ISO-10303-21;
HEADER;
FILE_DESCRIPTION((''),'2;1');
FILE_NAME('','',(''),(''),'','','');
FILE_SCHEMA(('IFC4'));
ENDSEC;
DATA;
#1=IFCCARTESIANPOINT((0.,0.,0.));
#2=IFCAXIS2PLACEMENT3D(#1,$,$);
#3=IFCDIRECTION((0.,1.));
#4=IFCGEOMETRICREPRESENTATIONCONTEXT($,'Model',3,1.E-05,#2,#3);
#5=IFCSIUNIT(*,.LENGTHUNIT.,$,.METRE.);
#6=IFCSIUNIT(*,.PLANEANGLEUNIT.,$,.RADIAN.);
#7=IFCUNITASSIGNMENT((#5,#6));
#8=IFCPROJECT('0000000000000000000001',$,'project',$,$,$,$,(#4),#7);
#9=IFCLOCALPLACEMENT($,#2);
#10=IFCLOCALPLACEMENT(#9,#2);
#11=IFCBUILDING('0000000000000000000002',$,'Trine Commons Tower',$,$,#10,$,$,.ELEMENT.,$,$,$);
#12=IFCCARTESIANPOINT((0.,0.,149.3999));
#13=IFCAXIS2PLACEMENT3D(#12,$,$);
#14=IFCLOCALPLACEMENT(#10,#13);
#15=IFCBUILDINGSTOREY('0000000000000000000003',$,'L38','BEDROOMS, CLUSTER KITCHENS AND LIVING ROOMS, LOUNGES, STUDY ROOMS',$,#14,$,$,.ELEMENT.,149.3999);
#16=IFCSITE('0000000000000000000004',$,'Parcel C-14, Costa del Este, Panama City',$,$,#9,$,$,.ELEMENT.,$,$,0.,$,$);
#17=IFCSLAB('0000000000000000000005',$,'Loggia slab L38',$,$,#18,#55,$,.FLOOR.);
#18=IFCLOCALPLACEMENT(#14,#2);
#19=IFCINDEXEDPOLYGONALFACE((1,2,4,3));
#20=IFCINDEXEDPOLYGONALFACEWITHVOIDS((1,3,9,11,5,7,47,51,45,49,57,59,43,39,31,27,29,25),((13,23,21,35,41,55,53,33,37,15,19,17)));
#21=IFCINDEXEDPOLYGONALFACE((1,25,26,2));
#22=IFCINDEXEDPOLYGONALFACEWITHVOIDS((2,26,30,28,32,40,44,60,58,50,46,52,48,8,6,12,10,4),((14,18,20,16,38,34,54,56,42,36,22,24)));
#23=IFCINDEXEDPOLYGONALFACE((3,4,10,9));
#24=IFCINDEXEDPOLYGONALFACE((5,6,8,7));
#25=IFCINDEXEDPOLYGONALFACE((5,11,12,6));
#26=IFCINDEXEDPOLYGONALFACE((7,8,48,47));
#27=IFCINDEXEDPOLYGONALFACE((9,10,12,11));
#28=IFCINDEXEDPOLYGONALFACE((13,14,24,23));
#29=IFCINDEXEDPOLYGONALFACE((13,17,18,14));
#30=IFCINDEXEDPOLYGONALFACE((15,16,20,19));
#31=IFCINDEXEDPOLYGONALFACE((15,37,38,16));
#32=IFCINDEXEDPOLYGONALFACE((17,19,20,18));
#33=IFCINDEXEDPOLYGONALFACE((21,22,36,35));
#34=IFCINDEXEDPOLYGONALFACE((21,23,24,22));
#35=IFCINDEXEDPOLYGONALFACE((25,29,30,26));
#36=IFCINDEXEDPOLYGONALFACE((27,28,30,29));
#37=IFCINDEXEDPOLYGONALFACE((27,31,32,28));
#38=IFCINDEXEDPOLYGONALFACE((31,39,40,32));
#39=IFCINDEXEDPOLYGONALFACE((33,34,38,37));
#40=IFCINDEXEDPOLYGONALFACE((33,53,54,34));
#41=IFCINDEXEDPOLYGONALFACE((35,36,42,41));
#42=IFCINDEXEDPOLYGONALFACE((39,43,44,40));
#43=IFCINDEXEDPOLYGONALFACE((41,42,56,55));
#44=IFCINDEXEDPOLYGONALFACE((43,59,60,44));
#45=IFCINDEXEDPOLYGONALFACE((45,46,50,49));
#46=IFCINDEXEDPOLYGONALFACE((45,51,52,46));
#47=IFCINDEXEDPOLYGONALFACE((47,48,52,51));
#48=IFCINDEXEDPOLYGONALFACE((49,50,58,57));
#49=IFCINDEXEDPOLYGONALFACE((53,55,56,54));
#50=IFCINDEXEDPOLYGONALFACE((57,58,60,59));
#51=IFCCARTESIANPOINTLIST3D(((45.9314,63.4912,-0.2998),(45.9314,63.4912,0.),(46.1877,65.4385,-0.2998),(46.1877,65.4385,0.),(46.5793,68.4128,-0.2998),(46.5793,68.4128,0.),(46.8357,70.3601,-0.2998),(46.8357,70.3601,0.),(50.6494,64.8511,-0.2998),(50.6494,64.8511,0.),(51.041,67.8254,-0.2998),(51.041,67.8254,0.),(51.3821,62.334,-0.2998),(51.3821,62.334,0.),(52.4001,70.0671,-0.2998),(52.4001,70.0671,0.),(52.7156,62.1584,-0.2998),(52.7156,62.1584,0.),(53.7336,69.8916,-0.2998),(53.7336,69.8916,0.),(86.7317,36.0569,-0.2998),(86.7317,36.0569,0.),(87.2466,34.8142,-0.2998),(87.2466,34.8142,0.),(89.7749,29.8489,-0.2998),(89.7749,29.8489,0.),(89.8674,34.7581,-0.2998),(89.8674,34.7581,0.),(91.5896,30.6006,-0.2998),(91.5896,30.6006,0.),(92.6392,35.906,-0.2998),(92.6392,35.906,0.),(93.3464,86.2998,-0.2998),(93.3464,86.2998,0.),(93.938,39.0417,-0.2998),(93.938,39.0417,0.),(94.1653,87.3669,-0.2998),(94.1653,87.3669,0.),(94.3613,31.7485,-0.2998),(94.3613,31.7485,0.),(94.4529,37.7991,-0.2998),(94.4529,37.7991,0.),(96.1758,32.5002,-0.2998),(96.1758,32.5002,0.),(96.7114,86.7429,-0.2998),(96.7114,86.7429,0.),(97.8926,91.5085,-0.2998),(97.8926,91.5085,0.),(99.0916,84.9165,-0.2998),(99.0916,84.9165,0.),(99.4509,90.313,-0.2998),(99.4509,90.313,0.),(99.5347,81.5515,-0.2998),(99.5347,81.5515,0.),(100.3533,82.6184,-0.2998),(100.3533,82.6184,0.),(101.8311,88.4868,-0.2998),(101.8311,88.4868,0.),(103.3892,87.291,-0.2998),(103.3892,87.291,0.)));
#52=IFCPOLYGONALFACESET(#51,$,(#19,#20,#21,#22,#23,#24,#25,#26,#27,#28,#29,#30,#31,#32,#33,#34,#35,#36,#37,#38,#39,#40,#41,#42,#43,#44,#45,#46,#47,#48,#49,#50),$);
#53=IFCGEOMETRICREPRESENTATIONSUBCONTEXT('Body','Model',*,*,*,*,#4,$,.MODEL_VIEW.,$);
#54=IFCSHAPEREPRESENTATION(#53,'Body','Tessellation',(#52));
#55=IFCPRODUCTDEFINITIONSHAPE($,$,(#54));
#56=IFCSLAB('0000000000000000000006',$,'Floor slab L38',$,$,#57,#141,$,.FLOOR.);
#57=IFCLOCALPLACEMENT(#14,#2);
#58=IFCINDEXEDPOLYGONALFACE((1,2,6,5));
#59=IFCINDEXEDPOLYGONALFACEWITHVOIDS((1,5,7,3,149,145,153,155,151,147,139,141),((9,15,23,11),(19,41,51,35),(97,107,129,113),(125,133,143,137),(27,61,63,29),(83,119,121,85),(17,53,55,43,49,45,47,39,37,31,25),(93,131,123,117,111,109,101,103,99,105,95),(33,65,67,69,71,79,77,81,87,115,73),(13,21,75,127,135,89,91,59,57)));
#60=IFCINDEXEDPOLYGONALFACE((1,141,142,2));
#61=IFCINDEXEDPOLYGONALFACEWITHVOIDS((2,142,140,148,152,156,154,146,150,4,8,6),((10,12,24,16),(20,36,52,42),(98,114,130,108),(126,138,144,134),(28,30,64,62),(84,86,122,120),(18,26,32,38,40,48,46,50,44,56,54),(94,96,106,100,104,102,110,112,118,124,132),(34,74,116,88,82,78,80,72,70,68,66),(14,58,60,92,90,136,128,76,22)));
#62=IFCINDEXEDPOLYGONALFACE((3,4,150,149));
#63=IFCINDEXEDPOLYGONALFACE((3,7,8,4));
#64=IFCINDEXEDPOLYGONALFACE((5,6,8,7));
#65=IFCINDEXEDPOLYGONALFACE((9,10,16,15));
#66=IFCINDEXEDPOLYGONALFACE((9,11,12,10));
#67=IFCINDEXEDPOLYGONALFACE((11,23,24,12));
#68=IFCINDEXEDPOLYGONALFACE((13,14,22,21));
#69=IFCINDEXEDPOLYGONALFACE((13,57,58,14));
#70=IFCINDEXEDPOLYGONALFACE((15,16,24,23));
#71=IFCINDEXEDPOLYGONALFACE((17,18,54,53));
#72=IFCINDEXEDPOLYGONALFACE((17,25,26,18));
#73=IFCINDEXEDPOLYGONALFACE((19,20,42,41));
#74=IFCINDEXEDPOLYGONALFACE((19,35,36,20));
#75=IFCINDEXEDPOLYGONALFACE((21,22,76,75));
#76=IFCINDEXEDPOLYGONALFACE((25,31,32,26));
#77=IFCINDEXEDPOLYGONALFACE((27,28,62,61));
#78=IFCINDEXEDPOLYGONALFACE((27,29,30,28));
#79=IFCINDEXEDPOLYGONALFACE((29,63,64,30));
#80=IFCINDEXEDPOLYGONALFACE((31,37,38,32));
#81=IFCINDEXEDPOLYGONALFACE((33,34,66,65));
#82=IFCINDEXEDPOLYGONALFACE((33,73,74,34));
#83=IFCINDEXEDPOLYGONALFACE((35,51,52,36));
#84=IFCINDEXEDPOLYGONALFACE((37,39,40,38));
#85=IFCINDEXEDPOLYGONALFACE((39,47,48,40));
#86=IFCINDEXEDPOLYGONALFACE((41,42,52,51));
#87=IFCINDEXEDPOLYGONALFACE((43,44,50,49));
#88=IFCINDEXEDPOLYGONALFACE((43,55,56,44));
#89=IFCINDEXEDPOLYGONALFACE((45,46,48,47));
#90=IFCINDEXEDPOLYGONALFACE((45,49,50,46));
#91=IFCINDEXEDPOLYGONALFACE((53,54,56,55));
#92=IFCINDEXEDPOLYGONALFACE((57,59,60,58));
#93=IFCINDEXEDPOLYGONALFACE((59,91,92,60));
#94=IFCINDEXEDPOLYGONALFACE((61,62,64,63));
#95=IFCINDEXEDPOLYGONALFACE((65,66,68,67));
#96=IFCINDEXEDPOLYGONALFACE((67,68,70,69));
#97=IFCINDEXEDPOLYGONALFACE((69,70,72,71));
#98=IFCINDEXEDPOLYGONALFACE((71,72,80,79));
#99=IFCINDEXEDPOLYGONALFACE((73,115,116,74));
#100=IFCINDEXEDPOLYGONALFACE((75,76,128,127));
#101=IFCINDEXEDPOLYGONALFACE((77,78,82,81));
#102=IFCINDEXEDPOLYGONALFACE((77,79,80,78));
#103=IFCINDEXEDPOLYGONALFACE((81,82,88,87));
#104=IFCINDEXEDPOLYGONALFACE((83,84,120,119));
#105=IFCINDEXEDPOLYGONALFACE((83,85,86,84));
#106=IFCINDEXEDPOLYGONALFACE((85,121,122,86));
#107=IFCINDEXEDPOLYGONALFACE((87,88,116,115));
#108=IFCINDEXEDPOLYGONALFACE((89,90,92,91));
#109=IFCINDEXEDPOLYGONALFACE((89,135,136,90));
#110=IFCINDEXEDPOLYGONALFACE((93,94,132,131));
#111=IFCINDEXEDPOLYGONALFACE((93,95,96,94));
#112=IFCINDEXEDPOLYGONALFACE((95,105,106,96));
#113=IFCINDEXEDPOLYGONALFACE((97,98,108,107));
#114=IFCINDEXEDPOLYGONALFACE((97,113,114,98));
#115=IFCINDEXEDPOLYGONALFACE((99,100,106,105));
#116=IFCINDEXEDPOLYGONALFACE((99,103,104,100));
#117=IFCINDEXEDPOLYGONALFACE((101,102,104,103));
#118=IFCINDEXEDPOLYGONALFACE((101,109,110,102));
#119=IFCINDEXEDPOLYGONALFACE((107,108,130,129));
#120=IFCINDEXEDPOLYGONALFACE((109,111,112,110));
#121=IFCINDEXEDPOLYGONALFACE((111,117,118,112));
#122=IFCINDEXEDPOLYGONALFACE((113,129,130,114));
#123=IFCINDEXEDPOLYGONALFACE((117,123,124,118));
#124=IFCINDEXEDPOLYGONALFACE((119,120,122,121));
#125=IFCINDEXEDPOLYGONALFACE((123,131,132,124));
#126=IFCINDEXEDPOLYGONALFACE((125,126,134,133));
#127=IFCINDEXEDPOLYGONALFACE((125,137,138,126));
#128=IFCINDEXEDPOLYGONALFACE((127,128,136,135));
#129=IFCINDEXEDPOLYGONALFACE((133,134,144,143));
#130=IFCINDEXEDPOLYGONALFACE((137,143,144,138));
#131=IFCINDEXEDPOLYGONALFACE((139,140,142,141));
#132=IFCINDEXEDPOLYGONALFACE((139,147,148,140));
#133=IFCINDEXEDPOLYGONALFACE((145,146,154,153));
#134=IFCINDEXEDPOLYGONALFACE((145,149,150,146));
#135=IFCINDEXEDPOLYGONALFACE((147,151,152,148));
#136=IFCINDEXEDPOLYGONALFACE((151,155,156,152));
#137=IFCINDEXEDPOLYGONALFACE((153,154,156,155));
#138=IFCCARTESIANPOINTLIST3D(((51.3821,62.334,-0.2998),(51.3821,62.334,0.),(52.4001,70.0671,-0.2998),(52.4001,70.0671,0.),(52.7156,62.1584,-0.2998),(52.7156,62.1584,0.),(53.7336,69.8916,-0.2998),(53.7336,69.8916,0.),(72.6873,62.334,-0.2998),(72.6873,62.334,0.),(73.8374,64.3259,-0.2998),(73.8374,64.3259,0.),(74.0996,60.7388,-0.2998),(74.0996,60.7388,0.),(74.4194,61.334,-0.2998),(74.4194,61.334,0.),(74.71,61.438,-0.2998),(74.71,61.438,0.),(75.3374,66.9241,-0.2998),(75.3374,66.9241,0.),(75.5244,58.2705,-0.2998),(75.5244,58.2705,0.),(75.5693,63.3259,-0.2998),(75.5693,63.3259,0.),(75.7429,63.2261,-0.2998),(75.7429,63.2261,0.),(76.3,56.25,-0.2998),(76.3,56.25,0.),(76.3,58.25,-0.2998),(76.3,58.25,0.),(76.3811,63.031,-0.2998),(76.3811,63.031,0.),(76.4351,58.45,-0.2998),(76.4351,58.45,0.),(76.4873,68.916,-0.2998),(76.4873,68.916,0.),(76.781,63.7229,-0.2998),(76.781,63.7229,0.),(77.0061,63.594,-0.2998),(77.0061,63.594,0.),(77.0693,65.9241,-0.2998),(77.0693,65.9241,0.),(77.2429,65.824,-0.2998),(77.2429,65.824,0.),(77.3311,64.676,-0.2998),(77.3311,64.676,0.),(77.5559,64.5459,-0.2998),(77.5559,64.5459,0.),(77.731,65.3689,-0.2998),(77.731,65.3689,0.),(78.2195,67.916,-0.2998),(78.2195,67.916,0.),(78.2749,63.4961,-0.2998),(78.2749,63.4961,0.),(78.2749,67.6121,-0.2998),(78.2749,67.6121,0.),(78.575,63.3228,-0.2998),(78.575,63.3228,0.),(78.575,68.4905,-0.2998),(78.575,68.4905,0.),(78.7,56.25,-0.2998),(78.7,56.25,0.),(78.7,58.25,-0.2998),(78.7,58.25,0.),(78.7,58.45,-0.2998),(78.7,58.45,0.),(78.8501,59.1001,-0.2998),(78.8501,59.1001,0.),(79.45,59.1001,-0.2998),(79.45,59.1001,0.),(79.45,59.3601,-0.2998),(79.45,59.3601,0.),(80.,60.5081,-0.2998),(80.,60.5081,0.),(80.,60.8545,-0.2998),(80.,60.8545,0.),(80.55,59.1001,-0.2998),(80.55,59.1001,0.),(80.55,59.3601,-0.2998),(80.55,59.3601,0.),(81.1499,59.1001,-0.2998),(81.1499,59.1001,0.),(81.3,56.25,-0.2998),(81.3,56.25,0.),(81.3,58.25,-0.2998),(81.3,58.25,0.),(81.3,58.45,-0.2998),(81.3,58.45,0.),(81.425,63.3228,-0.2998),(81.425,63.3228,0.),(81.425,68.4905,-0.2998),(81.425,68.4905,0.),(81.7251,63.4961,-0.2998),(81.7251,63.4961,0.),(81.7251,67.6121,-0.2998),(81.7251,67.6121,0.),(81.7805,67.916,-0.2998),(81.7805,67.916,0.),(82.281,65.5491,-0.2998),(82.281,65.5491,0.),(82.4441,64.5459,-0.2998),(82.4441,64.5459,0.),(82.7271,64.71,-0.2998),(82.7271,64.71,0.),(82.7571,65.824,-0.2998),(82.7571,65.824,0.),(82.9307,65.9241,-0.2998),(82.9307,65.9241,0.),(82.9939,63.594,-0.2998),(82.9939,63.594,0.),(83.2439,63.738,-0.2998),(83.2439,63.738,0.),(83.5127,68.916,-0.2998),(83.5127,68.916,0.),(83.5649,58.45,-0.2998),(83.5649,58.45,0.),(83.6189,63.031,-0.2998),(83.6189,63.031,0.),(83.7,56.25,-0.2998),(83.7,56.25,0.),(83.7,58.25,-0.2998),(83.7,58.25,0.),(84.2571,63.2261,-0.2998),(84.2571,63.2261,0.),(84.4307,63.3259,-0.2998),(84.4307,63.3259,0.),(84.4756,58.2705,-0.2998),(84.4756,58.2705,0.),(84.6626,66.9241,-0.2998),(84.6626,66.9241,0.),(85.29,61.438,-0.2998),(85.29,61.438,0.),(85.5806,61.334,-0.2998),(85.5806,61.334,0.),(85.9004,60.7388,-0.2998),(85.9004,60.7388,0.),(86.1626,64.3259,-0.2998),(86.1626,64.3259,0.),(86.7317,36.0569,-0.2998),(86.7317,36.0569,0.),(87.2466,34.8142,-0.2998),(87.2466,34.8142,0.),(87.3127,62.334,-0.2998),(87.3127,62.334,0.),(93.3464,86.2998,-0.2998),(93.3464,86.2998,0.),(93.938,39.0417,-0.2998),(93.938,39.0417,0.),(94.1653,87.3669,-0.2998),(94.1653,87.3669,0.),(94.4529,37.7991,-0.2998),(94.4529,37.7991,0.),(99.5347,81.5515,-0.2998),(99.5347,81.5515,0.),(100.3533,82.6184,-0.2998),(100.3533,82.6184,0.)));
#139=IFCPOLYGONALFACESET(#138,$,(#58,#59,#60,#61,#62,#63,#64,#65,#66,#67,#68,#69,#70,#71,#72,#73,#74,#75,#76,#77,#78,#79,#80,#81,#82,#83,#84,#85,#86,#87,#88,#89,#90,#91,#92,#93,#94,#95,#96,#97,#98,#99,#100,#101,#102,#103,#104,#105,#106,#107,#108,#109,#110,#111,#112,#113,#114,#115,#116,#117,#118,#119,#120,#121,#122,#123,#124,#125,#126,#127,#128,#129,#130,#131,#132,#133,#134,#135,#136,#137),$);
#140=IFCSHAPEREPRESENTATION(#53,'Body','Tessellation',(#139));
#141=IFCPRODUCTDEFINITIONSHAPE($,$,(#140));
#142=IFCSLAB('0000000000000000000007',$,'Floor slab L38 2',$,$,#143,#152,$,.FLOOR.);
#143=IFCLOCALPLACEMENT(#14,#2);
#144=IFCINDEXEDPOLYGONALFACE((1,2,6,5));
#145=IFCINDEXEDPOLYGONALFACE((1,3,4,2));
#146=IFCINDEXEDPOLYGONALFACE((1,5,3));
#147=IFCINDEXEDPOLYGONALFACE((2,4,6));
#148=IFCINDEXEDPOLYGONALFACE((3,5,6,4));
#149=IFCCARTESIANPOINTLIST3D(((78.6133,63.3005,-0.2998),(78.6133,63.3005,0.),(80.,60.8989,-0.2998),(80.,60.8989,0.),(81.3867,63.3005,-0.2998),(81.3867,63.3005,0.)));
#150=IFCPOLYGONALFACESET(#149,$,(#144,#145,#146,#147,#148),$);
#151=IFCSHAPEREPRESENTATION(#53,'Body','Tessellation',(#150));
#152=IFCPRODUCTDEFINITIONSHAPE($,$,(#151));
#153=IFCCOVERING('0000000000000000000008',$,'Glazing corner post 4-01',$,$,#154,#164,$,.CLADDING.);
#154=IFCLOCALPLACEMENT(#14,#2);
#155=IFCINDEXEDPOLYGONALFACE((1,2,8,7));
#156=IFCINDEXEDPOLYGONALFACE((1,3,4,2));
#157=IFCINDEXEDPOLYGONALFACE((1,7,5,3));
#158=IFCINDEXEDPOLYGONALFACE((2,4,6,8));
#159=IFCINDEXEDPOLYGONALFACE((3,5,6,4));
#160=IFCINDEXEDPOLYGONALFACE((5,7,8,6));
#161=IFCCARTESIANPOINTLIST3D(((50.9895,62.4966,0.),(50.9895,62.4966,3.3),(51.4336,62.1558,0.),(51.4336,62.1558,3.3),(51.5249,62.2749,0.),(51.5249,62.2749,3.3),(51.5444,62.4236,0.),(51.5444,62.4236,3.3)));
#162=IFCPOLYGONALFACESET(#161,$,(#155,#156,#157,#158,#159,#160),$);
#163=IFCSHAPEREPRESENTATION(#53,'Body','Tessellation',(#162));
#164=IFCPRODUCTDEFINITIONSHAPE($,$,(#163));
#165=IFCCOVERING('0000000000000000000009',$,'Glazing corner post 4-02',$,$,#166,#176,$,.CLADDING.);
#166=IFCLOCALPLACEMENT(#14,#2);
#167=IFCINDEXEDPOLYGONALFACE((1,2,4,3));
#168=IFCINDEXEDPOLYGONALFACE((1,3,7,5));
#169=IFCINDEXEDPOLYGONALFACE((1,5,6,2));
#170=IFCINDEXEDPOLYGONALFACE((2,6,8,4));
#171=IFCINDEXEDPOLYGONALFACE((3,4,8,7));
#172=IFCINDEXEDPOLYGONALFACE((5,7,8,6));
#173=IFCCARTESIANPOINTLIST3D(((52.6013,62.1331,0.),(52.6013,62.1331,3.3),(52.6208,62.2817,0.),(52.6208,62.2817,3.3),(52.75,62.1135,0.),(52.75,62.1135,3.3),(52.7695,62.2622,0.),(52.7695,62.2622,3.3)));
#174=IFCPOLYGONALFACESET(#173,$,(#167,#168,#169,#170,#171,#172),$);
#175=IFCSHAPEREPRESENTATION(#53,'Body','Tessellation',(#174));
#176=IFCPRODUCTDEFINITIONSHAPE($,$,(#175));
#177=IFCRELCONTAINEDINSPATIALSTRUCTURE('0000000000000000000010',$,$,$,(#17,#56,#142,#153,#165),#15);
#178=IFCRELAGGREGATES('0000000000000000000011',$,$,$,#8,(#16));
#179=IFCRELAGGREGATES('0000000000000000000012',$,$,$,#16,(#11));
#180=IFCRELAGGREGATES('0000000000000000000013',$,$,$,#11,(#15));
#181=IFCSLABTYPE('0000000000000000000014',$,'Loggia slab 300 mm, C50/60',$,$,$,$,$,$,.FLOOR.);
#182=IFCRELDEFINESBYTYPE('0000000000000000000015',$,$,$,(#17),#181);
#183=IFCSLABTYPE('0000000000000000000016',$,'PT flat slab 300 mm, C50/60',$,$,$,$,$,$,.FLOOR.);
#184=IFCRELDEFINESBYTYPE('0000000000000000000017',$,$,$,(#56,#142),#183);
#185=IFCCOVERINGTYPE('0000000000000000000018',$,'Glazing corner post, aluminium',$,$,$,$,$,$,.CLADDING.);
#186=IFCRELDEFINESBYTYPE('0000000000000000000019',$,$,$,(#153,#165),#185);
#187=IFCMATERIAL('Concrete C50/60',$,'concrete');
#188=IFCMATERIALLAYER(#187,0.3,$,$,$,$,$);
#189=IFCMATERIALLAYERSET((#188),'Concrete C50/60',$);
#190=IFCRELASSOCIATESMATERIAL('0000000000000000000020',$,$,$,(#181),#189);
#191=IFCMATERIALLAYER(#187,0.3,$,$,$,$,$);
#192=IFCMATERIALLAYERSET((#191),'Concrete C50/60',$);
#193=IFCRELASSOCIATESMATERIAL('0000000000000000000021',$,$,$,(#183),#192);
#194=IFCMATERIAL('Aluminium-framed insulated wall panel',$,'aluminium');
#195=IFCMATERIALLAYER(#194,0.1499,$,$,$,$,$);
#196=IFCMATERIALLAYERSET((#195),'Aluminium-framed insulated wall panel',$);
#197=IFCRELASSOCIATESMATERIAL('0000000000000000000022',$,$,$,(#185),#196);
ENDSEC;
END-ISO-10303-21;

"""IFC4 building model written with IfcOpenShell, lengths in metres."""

from ifc_helpers import new_model, si_unit, direction, frame, origin, place, context, subcontext, project, spatial, polyline, outline, extrude, material, layer, layer_set, type_object, element, save


model = new_model("IFC4")

# Units and contexts
model_context = context("Model", 3, precision=1e-05, world=origin(), true_north=direction((0.0, 1.0)))
body_context = subcontext(model_context, "Body", "Model", "MODEL_VIEW")
ifc_project = project(units=[si_unit("LENGTHUNIT", "METRE"), si_unit("PLANEANGLEUNIT", "RADIAN")], contexts=[model_context])

# Site, building, storey
site_placement = place(None, origin())
site = spatial("IfcSite", under=ifc_project, at=site_placement, Name="Parcel C-14, Costa del Este, Panama City", CompositionType="ELEMENT", RefElevation=0.0)
building_placement = place(site_placement, origin())
building = spatial("IfcBuilding", under=site, at=building_placement, Name="Trine Commons Tower", CompositionType="ELEMENT")
storey_placement = place(building_placement, frame((0.0, 0.0, 149.3999)))
storey = spatial("IfcBuildingStorey", under=building, at=storey_placement, Name="L38", Description="BEDROOMS, CLUSTER KITCHENS AND LIVING ROOMS, LOUNGES, STUDY ROOMS", CompositionType="ELEMENT", Elevation=149.3999)

# Slabs
ifc_material_1 = material(Name="Concrete C50/60", Category="concrete")
ifc_layer_1 = layer(ifc_material_1, 0.3)
ifc_layer_set_1 = layer_set([ifc_layer_1], Name="Concrete C50/60")
slab_type_1 = type_object("IfcSlabType", Name="Loggia slab 300 mm, C50/60", PredefinedType="FLOOR", material=ifc_layer_set_1)
slab_1_placement = place(storey_placement, frame((0.0, 0.0, -0.2998)))
element("IfcSlab", 1, at=slab_1_placement, inside=storey, type_object=slab_type_1, Name="Loggia slab L38", PredefinedType="FLOOR", context=body_context, shape_type="SweptSolid", body=[
    extrude(outline(polyline([(96.1758, 32.5002), (103.3892, 87.291), (101.8311, 88.4868), (99.0916, 84.9165), (96.7114, 86.7429), (99.4509, 90.313), (97.8926, 91.5085), (46.8357, 70.3601), (46.5793, 68.4128), (51.041, 67.8254), (50.6494, 64.8511), (46.1877, 65.4385), (45.9314, 63.4912), (89.7749, 29.8489), (91.5896, 30.6006), (89.8674, 34.7581), (92.6392, 35.906), (94.3613, 31.7485), (96.1758, 32.5002)]), holes=[polyline([(87.2466, 34.8142), (86.7317, 36.0569), (93.938, 39.0417), (94.4529, 37.7991), (100.3533, 82.6184), (99.5347, 81.5515), (93.3464, 86.2998), (94.1653, 87.3669), (52.4001, 70.0671), (53.7336, 69.8916), (52.7156, 62.1584), (51.3821, 62.334), (87.2466, 34.8142)])]), origin(), (0.0, 0.0, 1.0), 0.2998),
])
ifc_layer_2 = layer(ifc_material_1, 0.3)
ifc_layer_set_2 = layer_set([ifc_layer_2], Name="Concrete C50/60")
slab_type_2 = type_object("IfcSlabType", Name="PT flat slab 300 mm, C50/60", PredefinedType="FLOOR", material=ifc_layer_set_2)
slab_2_placement = place(storey_placement, frame((0.0, 0.0, -0.2998)))
element("IfcSlab", 2, at=slab_2_placement, inside=storey, type_object=slab_type_2, Name="Floor slab L38", PredefinedType="FLOOR", context=body_context, shape_type="SweptSolid", body=[
    extrude(outline(polyline([(51.3821, 62.334), (87.2466, 34.8142), (86.7317, 36.0569), (93.938, 39.0417), (94.4529, 37.7991), (100.3533, 82.6184), (99.5347, 81.5515), (93.3464, 86.2998), (94.1653, 87.3669), (52.4001, 70.0671), (53.7336, 69.8916), (52.7156, 62.1584), (51.3821, 62.334)]), holes=[polyline([(78.7, 56.25), (78.7, 58.25), (76.3, 58.25), (76.3, 56.25), (78.7, 56.25)]), polyline([(80.0, 60.8545), (84.4756, 58.2705), (85.9004, 60.7388), (81.425, 63.3228), (81.425, 68.4905), (78.575, 68.4905), (78.575, 63.3228), (74.0996, 60.7388), (75.5244, 58.2705), (80.0, 60.8545)]), polyline([(73.8374, 64.3259), (72.6873, 62.334), (74.4194, 61.334), (75.5693, 63.3259), (73.8374, 64.3259)]), polyline([(76.3811, 63.031), (75.7429, 63.2261), (74.71, 61.438), (78.2749, 63.4961), (78.2749, 67.6121), (77.2429, 65.824), (77.731, 65.3689), (77.3311, 64.676), (77.5559, 64.5459), (77.0061, 63.594), (76.781, 63.7229), (76.3811, 63.031)]), polyline([(76.4873, 68.916), (75.3374, 66.9241), (77.0693, 65.9241), (78.2195, 67.916), (76.4873, 68.916)]), polyline([(83.7, 56.25), (83.7, 58.25), (81.3, 58.25), (81.3, 56.25), (83.7, 56.25)]), polyline([(81.1499, 59.1001), (81.3, 58.45), (83.5649, 58.45), (80.0, 60.5081), (76.4351, 58.45), (78.7, 58.45), (78.8501, 59.1001), (79.45, 59.1001), (79.45, 59.3601), (80.55, 59.3601), (80.55, 59.1001), (81.1499, 59.1001)]), polyline([(86.1626, 64.3259), (84.4307, 63.3259), (85.5806, 61.334), (87.3127, 62.334), (86.1626, 64.3259)]), polyline([(83.2439, 63.738), (82.9939, 63.594), (82.4441, 64.5459), (82.7271, 64.71), (82.281, 65.5491), (82.7571, 65.824), (81.7251, 67.6121), (81.7251, 63.4961), (85.29, 61.438), (84.2571, 63.2261), (83.6189, 63.031), (83.2439, 63.738)]), polyline([(84.6626, 66.9241), (83.5127, 68.916), (81.7805, 67.916), (82.9307, 65.9241), (84.6626, 66.9241)])]), origin(), (0.0, 0.0, 1.0), 0.2998),
])
slab_3_placement = place(storey_placement, frame((0.0, 0.0, -0.2998)))
element("IfcSlab", 3, at=slab_3_placement, inside=storey, type_object=slab_type_2, Name="Floor slab L38 2", PredefinedType="FLOOR", context=body_context, shape_type="SweptSolid", body=[
    extrude(outline(polyline([(78.6133, 63.3005), (80.0, 60.8989), (81.3867, 63.3005), (78.6133, 63.3005)])), origin(), (0.0, 0.0, 1.0), 0.2998),
])

# Coverings
ifc_material_2 = material(Name="Aluminium-framed insulated wall panel", Category="aluminium")
ifc_layer_3 = layer(ifc_material_2, 0.1499)
ifc_layer_set_3 = layer_set([ifc_layer_3], Name="Aluminium-framed insulated wall panel")
covering_type_1 = type_object("IfcCoveringType", Name="Glazing corner post, aluminium", PredefinedType="CLADDING", material=ifc_layer_set_3)
covering_1_placement = place(storey_placement, origin())
element("IfcCovering", 4, at=covering_1_placement, inside=storey, type_object=covering_type_1, Name="Glazing corner post 4-01", PredefinedType="CLADDING", context=body_context, shape_type="SweptSolid", body=[
    extrude(outline(polyline([(51.4336, 62.1558), (51.5249, 62.2749), (51.5444, 62.4236), (50.9895, 62.4966), (51.4336, 62.1558)])), origin(), (0.0, 0.0, 1.0), 3.3),
])
covering_2_placement = place(storey_placement, origin())
element("IfcCovering", 5, at=covering_2_placement, inside=storey, type_object=covering_type_1, Name="Glazing corner post 4-02", PredefinedType="CLADDING", context=body_context, shape_type="SweptSolid", body=[
    extrude(outline(polyline([(52.6013, 62.1331), (52.75, 62.1135), (52.7695, 62.2622), (52.6208, 62.2817), (52.6013, 62.1331)])), origin(), (0.0, 0.0, 1.0), 3.3),
])

save(model, "model.ifc")
